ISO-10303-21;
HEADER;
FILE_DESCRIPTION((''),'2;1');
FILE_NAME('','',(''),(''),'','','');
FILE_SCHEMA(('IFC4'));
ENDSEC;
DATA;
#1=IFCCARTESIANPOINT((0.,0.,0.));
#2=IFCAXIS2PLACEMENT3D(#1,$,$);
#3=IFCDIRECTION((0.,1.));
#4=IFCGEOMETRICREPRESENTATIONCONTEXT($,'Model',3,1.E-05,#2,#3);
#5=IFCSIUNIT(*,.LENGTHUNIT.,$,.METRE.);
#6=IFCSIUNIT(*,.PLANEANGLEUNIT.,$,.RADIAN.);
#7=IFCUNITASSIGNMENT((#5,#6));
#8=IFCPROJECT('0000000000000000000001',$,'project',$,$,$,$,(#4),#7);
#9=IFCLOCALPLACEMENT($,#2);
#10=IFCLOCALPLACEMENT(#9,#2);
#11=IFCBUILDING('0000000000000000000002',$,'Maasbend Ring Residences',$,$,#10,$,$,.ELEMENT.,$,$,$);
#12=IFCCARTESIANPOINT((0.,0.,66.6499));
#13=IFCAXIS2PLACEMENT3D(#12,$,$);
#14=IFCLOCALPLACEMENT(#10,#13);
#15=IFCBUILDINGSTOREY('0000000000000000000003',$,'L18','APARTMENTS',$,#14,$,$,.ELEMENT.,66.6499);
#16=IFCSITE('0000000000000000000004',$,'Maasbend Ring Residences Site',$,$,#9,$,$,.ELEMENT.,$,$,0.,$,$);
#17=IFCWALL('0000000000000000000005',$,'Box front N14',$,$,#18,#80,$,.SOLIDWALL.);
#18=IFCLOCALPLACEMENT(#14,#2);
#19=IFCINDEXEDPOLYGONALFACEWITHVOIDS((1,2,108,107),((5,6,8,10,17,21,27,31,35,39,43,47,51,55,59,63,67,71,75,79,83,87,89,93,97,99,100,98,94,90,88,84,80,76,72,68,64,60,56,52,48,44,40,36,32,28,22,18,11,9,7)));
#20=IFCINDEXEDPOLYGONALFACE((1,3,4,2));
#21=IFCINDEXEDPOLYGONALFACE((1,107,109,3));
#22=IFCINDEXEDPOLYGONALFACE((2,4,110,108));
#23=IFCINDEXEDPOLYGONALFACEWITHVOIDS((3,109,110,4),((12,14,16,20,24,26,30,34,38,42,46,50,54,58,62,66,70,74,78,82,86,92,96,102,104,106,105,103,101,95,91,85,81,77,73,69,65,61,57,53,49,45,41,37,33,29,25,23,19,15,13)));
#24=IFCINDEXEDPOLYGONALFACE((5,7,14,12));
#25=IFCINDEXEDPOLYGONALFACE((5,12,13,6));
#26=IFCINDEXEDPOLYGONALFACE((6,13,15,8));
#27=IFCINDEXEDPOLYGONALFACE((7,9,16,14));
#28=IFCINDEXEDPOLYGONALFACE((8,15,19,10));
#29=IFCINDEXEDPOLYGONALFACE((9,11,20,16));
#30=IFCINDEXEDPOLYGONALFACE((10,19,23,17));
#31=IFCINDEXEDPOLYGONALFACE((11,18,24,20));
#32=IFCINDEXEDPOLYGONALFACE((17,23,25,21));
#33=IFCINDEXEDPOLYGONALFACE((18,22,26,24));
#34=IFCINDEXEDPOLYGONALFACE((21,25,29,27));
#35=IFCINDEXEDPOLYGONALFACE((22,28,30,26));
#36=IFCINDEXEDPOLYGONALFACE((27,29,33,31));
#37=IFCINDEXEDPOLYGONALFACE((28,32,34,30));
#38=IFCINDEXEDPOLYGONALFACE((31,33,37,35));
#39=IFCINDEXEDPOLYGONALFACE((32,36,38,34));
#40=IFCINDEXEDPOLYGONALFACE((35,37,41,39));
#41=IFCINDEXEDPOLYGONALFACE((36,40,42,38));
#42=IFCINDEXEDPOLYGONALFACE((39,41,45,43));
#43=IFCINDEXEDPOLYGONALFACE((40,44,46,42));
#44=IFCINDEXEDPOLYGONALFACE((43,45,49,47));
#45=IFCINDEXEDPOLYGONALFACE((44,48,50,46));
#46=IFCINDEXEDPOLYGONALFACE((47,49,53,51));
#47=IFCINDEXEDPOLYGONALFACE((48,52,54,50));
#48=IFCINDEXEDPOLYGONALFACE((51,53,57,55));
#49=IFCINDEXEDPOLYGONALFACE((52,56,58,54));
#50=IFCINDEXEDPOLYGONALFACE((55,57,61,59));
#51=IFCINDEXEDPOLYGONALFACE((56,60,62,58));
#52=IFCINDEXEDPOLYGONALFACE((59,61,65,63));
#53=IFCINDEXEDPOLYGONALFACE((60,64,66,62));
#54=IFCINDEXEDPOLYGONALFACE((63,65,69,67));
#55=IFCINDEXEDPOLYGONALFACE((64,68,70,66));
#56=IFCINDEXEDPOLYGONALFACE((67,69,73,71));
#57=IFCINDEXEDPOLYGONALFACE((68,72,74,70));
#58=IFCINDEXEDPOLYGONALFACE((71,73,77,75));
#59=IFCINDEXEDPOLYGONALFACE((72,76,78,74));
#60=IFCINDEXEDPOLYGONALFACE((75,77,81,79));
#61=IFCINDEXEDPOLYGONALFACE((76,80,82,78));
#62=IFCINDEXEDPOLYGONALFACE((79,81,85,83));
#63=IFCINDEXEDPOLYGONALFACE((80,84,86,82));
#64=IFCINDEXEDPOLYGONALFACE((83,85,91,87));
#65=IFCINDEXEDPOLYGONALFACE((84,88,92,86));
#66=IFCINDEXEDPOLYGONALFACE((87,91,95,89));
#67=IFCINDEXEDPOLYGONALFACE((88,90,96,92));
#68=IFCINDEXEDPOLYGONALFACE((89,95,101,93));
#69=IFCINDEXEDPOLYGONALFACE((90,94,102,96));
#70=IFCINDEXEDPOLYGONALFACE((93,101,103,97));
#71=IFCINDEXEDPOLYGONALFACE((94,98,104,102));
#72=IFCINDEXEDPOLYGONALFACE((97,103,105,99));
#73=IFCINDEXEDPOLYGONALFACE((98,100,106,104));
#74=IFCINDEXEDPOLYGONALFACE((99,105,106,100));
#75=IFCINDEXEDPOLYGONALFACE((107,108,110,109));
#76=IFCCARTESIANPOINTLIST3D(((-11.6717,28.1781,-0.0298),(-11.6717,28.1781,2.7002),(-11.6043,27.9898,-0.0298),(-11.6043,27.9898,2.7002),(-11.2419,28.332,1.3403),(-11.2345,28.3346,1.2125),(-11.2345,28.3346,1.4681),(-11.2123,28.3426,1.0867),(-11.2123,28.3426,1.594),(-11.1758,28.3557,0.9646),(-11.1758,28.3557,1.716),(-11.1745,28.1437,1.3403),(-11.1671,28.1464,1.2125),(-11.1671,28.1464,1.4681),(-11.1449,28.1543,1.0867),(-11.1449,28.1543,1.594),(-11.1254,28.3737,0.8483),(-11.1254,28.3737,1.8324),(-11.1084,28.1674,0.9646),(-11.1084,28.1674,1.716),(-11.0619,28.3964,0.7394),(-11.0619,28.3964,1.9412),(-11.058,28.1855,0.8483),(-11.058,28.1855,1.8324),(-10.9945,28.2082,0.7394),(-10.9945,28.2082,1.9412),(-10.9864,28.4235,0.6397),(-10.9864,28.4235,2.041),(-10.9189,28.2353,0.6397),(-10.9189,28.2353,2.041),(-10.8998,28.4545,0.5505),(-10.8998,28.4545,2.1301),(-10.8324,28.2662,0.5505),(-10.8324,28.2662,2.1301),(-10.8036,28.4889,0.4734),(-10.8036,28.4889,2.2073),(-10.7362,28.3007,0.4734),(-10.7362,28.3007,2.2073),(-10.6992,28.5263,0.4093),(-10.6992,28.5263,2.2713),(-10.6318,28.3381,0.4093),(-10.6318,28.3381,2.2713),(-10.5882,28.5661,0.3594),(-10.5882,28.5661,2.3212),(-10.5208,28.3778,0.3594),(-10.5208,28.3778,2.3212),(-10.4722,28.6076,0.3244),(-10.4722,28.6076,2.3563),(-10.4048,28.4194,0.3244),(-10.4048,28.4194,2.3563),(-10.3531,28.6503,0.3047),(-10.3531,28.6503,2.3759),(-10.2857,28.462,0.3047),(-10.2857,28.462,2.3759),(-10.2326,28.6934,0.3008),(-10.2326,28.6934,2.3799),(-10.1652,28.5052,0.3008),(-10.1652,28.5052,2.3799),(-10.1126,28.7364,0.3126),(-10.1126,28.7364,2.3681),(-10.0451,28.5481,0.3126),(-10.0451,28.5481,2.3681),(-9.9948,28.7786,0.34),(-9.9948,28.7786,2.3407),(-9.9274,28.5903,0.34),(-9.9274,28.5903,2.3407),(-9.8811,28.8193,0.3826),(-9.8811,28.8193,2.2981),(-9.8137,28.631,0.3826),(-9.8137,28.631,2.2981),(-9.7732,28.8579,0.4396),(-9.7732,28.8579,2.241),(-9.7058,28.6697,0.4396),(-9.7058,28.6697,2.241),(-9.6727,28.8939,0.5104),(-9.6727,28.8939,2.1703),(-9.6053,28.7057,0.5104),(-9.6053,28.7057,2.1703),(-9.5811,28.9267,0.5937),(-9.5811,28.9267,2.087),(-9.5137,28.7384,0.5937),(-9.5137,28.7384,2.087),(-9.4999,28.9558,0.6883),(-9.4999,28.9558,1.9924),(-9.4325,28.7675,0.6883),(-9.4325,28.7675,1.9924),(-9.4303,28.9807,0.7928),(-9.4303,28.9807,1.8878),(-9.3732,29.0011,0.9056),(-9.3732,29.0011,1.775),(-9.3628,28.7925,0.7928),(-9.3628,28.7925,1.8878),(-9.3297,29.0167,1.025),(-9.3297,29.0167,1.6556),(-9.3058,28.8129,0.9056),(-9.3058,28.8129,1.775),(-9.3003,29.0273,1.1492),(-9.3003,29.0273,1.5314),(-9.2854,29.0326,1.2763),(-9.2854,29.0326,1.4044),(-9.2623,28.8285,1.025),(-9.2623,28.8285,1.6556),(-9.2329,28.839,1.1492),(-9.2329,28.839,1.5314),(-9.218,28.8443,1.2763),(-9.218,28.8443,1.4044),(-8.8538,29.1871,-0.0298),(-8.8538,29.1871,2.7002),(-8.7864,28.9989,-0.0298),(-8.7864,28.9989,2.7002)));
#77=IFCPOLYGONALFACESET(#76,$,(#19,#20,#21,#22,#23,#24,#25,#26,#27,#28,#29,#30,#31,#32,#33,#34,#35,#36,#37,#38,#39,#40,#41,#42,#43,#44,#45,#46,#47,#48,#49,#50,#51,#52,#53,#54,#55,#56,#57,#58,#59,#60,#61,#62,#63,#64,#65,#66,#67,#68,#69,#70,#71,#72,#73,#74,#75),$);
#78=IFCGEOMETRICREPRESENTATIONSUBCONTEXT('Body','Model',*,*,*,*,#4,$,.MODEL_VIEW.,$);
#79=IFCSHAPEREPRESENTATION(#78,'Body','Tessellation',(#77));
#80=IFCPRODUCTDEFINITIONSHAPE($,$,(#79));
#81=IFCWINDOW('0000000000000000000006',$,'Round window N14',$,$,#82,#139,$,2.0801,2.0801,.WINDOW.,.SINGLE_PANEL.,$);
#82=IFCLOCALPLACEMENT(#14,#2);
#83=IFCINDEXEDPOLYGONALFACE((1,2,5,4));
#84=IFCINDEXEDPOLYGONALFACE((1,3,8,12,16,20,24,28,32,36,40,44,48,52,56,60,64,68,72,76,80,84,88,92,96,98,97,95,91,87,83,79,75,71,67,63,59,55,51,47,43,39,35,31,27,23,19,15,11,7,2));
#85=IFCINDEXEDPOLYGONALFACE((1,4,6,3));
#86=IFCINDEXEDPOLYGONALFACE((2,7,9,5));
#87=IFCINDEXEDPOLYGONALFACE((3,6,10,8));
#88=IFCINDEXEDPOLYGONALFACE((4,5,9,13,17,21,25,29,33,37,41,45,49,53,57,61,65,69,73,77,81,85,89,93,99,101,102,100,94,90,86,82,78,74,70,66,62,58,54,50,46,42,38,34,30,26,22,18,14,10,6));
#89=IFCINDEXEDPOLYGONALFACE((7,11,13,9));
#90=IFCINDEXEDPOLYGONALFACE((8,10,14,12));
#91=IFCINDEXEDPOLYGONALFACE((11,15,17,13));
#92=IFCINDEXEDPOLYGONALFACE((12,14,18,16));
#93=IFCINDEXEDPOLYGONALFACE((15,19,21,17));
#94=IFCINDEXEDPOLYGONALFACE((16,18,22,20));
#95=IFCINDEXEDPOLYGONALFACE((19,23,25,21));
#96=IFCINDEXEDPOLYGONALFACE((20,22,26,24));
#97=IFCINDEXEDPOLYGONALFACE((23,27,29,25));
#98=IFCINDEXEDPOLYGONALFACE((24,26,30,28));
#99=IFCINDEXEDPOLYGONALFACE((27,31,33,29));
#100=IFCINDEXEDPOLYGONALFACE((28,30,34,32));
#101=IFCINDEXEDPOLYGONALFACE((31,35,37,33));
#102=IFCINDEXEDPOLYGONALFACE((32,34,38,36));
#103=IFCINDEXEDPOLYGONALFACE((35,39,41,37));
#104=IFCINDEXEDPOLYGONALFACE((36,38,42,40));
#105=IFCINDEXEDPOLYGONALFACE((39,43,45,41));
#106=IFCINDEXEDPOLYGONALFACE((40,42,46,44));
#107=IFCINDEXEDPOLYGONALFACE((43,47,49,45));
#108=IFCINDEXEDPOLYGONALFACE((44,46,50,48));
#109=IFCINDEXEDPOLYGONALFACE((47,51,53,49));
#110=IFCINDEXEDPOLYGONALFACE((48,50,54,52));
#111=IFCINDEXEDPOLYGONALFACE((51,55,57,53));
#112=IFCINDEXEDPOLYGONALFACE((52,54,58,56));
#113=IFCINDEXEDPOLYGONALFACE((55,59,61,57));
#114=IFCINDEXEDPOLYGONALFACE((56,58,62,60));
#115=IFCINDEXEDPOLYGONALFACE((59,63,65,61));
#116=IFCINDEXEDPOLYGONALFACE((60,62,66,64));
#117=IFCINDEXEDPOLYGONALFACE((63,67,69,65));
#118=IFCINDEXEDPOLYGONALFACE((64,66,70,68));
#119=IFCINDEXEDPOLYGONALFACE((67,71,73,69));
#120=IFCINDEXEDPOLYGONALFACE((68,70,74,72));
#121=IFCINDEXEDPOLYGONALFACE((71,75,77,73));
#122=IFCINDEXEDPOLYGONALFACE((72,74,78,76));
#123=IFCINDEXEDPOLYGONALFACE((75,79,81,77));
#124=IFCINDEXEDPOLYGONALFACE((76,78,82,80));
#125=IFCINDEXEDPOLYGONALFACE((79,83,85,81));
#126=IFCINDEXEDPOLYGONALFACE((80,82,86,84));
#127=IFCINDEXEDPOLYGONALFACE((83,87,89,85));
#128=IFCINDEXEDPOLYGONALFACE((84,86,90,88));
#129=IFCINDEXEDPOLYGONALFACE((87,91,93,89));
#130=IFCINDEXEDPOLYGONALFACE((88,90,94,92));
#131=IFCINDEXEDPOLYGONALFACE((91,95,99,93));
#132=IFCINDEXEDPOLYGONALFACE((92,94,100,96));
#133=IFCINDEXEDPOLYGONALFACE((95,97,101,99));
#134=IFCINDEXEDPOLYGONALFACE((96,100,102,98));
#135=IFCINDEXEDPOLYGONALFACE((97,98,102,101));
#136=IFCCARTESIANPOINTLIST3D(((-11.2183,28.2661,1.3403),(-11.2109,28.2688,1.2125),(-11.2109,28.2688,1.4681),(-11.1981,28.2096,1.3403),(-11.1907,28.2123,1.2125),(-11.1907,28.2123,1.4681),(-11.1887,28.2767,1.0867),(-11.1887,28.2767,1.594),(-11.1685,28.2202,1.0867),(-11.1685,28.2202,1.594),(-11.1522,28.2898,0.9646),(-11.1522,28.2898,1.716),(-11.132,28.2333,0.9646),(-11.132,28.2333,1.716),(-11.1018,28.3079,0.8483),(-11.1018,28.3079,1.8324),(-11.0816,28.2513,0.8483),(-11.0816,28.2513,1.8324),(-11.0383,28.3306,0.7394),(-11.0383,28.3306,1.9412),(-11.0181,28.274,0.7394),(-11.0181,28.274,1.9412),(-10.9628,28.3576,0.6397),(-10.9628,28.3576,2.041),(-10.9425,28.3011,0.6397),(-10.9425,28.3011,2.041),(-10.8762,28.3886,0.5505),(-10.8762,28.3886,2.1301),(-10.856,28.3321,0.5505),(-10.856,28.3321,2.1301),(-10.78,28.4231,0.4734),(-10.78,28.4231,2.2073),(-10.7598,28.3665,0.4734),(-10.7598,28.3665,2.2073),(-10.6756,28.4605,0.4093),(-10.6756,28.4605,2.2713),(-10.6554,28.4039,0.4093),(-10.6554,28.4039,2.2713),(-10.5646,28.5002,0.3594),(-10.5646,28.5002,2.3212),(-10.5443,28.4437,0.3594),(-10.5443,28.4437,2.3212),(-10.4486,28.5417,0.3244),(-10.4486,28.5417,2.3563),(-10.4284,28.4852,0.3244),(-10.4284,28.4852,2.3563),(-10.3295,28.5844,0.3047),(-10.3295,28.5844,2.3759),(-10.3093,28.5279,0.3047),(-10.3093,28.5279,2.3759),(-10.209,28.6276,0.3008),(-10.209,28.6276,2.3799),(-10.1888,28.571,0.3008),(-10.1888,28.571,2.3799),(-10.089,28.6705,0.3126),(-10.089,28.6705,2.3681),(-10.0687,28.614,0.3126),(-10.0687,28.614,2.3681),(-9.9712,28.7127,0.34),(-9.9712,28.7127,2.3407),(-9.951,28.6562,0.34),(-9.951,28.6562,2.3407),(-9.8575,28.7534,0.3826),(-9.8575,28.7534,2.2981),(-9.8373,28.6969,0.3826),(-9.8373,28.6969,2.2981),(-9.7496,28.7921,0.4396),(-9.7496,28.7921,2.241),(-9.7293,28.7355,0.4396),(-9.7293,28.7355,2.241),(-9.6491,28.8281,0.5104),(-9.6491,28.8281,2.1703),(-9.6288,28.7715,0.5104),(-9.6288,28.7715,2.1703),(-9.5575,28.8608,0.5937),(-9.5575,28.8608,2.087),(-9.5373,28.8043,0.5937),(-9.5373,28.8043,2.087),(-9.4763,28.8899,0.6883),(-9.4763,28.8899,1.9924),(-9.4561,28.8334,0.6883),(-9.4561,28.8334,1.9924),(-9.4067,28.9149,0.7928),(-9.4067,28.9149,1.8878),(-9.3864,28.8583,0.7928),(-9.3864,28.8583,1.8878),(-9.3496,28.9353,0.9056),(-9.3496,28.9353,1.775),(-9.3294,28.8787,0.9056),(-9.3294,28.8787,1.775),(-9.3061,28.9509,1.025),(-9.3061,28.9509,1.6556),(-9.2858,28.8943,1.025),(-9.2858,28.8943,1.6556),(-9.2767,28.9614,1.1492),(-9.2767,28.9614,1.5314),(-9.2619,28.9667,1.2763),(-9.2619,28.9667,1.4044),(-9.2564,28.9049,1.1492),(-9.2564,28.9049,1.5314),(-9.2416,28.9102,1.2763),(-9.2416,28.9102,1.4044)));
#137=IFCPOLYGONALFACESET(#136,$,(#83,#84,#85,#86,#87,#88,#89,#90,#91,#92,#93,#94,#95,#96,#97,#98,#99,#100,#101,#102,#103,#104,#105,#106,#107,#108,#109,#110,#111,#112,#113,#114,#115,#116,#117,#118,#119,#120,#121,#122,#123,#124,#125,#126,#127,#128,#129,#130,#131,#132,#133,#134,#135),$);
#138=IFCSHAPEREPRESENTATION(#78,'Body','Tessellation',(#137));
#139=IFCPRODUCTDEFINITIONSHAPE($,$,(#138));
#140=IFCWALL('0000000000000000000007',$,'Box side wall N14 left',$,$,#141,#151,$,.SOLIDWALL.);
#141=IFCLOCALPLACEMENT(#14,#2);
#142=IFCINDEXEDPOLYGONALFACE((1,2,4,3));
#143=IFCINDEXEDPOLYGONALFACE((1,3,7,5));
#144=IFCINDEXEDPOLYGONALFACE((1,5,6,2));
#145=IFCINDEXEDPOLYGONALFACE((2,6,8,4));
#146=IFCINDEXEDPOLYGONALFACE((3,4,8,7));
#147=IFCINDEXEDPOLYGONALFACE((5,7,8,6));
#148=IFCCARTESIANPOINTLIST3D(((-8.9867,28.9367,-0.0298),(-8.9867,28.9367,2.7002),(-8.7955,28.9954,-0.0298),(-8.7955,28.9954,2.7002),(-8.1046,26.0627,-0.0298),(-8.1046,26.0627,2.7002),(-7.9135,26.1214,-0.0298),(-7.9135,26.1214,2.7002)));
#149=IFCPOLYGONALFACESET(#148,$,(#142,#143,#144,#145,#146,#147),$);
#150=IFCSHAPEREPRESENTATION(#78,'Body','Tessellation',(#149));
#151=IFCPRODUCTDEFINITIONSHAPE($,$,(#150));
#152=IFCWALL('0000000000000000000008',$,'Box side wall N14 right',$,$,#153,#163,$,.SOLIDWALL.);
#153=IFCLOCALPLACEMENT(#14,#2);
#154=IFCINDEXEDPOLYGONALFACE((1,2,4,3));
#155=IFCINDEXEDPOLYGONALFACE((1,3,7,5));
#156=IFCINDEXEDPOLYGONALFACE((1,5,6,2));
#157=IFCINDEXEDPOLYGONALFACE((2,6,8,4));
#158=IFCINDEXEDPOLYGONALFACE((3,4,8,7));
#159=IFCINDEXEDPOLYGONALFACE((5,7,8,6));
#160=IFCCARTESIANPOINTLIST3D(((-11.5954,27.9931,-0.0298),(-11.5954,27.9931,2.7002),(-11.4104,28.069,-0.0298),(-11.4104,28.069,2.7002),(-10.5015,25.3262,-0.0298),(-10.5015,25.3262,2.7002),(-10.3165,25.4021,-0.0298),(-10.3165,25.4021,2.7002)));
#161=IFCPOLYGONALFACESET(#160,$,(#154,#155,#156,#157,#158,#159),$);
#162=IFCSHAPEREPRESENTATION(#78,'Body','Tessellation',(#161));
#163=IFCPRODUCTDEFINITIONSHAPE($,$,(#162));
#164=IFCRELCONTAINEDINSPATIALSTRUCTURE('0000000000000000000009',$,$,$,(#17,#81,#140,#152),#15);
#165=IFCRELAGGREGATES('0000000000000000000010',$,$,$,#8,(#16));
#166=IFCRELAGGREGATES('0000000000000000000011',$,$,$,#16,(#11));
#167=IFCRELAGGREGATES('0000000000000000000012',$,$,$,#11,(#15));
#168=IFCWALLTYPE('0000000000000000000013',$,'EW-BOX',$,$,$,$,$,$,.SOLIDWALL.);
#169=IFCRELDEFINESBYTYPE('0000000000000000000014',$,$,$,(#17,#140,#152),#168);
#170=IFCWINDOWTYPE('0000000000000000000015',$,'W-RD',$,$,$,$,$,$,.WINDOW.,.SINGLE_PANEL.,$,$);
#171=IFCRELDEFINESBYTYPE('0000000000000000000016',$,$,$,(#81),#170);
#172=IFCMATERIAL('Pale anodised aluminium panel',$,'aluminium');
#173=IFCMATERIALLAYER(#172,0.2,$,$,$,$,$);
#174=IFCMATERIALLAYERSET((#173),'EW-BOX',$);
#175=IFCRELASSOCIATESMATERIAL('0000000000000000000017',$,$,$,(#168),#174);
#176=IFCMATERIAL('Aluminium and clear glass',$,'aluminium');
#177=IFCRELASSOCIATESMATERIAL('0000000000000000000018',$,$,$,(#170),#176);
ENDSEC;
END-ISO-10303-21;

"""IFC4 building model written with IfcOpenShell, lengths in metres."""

from ifc_helpers import new_model, si_unit, direction, frame, frame_2d, origin, place, context, subcontext, project, spatial, rectangle, circle, extrude, material, layer, layer_set, type_object, element, fill, save


model = new_model("IFC4")

# Units and contexts
model_context = context("Model", 3, precision=1e-05, world=origin(), true_north=direction((0.0, 1.0)))
body_context = subcontext(model_context, "Body", "Model", "MODEL_VIEW")
ifc_project = project(units=[si_unit("LENGTHUNIT", "METRE"), si_unit("PLANEANGLEUNIT", "RADIAN")], contexts=[model_context])

# Site, building, storey
site_placement = place(None, origin())
site = spatial("IfcSite", under=ifc_project, at=site_placement, Name="Maasbend Ring Residences Site", CompositionType="ELEMENT", RefElevation=0.0)
building_placement = place(site_placement, origin())
building = spatial("IfcBuilding", under=site, at=building_placement, Name="Maasbend Ring Residences", CompositionType="ELEMENT")
storey_placement = place(building_placement, frame((0.0, 0.0, 66.6499)))
storey = spatial("IfcBuildingStorey", under=building, at=storey_placement, Name="L18", Description="APARTMENTS", CompositionType="ELEMENT", Elevation=66.6499)

# Shared definitions
ifc_material_1 = material(Name="Pale anodised aluminium panel", Category="aluminium")
ifc_layer_1 = layer(ifc_material_1, 0.2)
ifc_layer_set_1 = layer_set([ifc_layer_1], Name="EW-BOX")
wall_type_1 = type_object("IfcWallType", Name="EW-BOX", PredefinedType="SOLIDWALL", material=ifc_layer_set_1)
ifc_material_2 = material(Name="Aluminium and clear glass", Category="aluminium")
window_type_1 = type_object("IfcWindowType", Name="W-RD", PartitioningType="SINGLE_PANEL", PredefinedType="WINDOW", material=ifc_material_2)

# Wall, opening, window
wall_1_placement = place(storey_placement, frame((-8.8201, 29.093, -0.0298), z_axis=(0.0, 0.0, 1.0), x_axis=(-0.941461, -0.337122, 0.0)))
wall_1 = element("IfcWall", 1, at=wall_1_placement, inside=storey, type_object=wall_type_1, Name="Box front N14", PredefinedType="SOLIDWALL", context=body_context, shape_type="SweptSolid", body=[
    extrude(rectangle(XDim=2.9932, YDim=0.2, at=frame_2d((1.4966, 0.0))), origin(), (0.0, 0.0, 1.0), 2.73),
])
opening_1_placement = place(wall_1_placement, frame((0.4565, 0.0, 0.3301)))
opening_1 = element("IfcOpeningElement", 2, at=opening_1_placement, cuts=wall_1, PredefinedType="OPENING", context=body_context, shape_type="SweptSolid", body=[
    extrude(circle(Radius=1.04, at=frame_2d((1.04, 1.04))), frame((0.0, 0.1099, 0.0), z_axis=(0.0, -1.0, 0.0), x_axis=(1.0, 0.0, 0.0)), (0.0, 0.0, 1.0), 0.22),
])
window_1_placement = place(opening_1_placement, origin())
window_1 = element("IfcWindow", 3, at=window_1_placement, inside=storey, type_object=window_type_1, Name="Round window N14", OverallHeight=2.0801, OverallWidth=2.0801, PartitioningType="SINGLE_PANEL", PredefinedType="WINDOW", context=body_context, shape_type="SweptSolid", body=[
    extrude(circle(Radius=1.04, at=frame_2d((1.04, 1.04))), frame((0.0, 0.03, 0.0), z_axis=(0.0, -1.0, 0.0), x_axis=(1.0, 0.0, 0.0)), (0.0, 0.0, 1.0), 0.0601),
])
fill(opening_1, window_1)

# Walls
wall_2_placement = place(storey_placement, frame((-8.009, 26.092, -0.0298), z_axis=(0.0, 0.0, 1.0), x_axis=(-0.293407, 0.955988, 0.0)))
element("IfcWall", 4, at=wall_2_placement, inside=storey, type_object=wall_type_1, Name="Box side wall N14 left", PredefinedType="SOLIDWALL", context=body_context, shape_type="SweptSolid", body=[
    extrude(rectangle(XDim=3.0063, YDim=0.2, at=frame_2d((1.5032, 0.0))), origin(), (0.0, 0.0, 1.0), 2.73),
])
wall_3_placement = place(storey_placement, frame((-10.4089, 25.364, -0.0298), z_axis=(0.0, 0.0, 1.0), x_axis=(-0.37951, 0.925188, 0.0)))
element("IfcWall", 5, at=wall_3_placement, inside=storey, type_object=wall_type_1, Name="Box side wall N14 right", PredefinedType="SOLIDWALL", context=body_context, shape_type="SweptSolid", body=[
    extrude(rectangle(XDim=2.8826, YDim=0.2, at=frame_2d((1.4414, 0.0))), origin(), (0.0, 0.0, 1.0), 2.73),
])

save(model, "model.ifc")
